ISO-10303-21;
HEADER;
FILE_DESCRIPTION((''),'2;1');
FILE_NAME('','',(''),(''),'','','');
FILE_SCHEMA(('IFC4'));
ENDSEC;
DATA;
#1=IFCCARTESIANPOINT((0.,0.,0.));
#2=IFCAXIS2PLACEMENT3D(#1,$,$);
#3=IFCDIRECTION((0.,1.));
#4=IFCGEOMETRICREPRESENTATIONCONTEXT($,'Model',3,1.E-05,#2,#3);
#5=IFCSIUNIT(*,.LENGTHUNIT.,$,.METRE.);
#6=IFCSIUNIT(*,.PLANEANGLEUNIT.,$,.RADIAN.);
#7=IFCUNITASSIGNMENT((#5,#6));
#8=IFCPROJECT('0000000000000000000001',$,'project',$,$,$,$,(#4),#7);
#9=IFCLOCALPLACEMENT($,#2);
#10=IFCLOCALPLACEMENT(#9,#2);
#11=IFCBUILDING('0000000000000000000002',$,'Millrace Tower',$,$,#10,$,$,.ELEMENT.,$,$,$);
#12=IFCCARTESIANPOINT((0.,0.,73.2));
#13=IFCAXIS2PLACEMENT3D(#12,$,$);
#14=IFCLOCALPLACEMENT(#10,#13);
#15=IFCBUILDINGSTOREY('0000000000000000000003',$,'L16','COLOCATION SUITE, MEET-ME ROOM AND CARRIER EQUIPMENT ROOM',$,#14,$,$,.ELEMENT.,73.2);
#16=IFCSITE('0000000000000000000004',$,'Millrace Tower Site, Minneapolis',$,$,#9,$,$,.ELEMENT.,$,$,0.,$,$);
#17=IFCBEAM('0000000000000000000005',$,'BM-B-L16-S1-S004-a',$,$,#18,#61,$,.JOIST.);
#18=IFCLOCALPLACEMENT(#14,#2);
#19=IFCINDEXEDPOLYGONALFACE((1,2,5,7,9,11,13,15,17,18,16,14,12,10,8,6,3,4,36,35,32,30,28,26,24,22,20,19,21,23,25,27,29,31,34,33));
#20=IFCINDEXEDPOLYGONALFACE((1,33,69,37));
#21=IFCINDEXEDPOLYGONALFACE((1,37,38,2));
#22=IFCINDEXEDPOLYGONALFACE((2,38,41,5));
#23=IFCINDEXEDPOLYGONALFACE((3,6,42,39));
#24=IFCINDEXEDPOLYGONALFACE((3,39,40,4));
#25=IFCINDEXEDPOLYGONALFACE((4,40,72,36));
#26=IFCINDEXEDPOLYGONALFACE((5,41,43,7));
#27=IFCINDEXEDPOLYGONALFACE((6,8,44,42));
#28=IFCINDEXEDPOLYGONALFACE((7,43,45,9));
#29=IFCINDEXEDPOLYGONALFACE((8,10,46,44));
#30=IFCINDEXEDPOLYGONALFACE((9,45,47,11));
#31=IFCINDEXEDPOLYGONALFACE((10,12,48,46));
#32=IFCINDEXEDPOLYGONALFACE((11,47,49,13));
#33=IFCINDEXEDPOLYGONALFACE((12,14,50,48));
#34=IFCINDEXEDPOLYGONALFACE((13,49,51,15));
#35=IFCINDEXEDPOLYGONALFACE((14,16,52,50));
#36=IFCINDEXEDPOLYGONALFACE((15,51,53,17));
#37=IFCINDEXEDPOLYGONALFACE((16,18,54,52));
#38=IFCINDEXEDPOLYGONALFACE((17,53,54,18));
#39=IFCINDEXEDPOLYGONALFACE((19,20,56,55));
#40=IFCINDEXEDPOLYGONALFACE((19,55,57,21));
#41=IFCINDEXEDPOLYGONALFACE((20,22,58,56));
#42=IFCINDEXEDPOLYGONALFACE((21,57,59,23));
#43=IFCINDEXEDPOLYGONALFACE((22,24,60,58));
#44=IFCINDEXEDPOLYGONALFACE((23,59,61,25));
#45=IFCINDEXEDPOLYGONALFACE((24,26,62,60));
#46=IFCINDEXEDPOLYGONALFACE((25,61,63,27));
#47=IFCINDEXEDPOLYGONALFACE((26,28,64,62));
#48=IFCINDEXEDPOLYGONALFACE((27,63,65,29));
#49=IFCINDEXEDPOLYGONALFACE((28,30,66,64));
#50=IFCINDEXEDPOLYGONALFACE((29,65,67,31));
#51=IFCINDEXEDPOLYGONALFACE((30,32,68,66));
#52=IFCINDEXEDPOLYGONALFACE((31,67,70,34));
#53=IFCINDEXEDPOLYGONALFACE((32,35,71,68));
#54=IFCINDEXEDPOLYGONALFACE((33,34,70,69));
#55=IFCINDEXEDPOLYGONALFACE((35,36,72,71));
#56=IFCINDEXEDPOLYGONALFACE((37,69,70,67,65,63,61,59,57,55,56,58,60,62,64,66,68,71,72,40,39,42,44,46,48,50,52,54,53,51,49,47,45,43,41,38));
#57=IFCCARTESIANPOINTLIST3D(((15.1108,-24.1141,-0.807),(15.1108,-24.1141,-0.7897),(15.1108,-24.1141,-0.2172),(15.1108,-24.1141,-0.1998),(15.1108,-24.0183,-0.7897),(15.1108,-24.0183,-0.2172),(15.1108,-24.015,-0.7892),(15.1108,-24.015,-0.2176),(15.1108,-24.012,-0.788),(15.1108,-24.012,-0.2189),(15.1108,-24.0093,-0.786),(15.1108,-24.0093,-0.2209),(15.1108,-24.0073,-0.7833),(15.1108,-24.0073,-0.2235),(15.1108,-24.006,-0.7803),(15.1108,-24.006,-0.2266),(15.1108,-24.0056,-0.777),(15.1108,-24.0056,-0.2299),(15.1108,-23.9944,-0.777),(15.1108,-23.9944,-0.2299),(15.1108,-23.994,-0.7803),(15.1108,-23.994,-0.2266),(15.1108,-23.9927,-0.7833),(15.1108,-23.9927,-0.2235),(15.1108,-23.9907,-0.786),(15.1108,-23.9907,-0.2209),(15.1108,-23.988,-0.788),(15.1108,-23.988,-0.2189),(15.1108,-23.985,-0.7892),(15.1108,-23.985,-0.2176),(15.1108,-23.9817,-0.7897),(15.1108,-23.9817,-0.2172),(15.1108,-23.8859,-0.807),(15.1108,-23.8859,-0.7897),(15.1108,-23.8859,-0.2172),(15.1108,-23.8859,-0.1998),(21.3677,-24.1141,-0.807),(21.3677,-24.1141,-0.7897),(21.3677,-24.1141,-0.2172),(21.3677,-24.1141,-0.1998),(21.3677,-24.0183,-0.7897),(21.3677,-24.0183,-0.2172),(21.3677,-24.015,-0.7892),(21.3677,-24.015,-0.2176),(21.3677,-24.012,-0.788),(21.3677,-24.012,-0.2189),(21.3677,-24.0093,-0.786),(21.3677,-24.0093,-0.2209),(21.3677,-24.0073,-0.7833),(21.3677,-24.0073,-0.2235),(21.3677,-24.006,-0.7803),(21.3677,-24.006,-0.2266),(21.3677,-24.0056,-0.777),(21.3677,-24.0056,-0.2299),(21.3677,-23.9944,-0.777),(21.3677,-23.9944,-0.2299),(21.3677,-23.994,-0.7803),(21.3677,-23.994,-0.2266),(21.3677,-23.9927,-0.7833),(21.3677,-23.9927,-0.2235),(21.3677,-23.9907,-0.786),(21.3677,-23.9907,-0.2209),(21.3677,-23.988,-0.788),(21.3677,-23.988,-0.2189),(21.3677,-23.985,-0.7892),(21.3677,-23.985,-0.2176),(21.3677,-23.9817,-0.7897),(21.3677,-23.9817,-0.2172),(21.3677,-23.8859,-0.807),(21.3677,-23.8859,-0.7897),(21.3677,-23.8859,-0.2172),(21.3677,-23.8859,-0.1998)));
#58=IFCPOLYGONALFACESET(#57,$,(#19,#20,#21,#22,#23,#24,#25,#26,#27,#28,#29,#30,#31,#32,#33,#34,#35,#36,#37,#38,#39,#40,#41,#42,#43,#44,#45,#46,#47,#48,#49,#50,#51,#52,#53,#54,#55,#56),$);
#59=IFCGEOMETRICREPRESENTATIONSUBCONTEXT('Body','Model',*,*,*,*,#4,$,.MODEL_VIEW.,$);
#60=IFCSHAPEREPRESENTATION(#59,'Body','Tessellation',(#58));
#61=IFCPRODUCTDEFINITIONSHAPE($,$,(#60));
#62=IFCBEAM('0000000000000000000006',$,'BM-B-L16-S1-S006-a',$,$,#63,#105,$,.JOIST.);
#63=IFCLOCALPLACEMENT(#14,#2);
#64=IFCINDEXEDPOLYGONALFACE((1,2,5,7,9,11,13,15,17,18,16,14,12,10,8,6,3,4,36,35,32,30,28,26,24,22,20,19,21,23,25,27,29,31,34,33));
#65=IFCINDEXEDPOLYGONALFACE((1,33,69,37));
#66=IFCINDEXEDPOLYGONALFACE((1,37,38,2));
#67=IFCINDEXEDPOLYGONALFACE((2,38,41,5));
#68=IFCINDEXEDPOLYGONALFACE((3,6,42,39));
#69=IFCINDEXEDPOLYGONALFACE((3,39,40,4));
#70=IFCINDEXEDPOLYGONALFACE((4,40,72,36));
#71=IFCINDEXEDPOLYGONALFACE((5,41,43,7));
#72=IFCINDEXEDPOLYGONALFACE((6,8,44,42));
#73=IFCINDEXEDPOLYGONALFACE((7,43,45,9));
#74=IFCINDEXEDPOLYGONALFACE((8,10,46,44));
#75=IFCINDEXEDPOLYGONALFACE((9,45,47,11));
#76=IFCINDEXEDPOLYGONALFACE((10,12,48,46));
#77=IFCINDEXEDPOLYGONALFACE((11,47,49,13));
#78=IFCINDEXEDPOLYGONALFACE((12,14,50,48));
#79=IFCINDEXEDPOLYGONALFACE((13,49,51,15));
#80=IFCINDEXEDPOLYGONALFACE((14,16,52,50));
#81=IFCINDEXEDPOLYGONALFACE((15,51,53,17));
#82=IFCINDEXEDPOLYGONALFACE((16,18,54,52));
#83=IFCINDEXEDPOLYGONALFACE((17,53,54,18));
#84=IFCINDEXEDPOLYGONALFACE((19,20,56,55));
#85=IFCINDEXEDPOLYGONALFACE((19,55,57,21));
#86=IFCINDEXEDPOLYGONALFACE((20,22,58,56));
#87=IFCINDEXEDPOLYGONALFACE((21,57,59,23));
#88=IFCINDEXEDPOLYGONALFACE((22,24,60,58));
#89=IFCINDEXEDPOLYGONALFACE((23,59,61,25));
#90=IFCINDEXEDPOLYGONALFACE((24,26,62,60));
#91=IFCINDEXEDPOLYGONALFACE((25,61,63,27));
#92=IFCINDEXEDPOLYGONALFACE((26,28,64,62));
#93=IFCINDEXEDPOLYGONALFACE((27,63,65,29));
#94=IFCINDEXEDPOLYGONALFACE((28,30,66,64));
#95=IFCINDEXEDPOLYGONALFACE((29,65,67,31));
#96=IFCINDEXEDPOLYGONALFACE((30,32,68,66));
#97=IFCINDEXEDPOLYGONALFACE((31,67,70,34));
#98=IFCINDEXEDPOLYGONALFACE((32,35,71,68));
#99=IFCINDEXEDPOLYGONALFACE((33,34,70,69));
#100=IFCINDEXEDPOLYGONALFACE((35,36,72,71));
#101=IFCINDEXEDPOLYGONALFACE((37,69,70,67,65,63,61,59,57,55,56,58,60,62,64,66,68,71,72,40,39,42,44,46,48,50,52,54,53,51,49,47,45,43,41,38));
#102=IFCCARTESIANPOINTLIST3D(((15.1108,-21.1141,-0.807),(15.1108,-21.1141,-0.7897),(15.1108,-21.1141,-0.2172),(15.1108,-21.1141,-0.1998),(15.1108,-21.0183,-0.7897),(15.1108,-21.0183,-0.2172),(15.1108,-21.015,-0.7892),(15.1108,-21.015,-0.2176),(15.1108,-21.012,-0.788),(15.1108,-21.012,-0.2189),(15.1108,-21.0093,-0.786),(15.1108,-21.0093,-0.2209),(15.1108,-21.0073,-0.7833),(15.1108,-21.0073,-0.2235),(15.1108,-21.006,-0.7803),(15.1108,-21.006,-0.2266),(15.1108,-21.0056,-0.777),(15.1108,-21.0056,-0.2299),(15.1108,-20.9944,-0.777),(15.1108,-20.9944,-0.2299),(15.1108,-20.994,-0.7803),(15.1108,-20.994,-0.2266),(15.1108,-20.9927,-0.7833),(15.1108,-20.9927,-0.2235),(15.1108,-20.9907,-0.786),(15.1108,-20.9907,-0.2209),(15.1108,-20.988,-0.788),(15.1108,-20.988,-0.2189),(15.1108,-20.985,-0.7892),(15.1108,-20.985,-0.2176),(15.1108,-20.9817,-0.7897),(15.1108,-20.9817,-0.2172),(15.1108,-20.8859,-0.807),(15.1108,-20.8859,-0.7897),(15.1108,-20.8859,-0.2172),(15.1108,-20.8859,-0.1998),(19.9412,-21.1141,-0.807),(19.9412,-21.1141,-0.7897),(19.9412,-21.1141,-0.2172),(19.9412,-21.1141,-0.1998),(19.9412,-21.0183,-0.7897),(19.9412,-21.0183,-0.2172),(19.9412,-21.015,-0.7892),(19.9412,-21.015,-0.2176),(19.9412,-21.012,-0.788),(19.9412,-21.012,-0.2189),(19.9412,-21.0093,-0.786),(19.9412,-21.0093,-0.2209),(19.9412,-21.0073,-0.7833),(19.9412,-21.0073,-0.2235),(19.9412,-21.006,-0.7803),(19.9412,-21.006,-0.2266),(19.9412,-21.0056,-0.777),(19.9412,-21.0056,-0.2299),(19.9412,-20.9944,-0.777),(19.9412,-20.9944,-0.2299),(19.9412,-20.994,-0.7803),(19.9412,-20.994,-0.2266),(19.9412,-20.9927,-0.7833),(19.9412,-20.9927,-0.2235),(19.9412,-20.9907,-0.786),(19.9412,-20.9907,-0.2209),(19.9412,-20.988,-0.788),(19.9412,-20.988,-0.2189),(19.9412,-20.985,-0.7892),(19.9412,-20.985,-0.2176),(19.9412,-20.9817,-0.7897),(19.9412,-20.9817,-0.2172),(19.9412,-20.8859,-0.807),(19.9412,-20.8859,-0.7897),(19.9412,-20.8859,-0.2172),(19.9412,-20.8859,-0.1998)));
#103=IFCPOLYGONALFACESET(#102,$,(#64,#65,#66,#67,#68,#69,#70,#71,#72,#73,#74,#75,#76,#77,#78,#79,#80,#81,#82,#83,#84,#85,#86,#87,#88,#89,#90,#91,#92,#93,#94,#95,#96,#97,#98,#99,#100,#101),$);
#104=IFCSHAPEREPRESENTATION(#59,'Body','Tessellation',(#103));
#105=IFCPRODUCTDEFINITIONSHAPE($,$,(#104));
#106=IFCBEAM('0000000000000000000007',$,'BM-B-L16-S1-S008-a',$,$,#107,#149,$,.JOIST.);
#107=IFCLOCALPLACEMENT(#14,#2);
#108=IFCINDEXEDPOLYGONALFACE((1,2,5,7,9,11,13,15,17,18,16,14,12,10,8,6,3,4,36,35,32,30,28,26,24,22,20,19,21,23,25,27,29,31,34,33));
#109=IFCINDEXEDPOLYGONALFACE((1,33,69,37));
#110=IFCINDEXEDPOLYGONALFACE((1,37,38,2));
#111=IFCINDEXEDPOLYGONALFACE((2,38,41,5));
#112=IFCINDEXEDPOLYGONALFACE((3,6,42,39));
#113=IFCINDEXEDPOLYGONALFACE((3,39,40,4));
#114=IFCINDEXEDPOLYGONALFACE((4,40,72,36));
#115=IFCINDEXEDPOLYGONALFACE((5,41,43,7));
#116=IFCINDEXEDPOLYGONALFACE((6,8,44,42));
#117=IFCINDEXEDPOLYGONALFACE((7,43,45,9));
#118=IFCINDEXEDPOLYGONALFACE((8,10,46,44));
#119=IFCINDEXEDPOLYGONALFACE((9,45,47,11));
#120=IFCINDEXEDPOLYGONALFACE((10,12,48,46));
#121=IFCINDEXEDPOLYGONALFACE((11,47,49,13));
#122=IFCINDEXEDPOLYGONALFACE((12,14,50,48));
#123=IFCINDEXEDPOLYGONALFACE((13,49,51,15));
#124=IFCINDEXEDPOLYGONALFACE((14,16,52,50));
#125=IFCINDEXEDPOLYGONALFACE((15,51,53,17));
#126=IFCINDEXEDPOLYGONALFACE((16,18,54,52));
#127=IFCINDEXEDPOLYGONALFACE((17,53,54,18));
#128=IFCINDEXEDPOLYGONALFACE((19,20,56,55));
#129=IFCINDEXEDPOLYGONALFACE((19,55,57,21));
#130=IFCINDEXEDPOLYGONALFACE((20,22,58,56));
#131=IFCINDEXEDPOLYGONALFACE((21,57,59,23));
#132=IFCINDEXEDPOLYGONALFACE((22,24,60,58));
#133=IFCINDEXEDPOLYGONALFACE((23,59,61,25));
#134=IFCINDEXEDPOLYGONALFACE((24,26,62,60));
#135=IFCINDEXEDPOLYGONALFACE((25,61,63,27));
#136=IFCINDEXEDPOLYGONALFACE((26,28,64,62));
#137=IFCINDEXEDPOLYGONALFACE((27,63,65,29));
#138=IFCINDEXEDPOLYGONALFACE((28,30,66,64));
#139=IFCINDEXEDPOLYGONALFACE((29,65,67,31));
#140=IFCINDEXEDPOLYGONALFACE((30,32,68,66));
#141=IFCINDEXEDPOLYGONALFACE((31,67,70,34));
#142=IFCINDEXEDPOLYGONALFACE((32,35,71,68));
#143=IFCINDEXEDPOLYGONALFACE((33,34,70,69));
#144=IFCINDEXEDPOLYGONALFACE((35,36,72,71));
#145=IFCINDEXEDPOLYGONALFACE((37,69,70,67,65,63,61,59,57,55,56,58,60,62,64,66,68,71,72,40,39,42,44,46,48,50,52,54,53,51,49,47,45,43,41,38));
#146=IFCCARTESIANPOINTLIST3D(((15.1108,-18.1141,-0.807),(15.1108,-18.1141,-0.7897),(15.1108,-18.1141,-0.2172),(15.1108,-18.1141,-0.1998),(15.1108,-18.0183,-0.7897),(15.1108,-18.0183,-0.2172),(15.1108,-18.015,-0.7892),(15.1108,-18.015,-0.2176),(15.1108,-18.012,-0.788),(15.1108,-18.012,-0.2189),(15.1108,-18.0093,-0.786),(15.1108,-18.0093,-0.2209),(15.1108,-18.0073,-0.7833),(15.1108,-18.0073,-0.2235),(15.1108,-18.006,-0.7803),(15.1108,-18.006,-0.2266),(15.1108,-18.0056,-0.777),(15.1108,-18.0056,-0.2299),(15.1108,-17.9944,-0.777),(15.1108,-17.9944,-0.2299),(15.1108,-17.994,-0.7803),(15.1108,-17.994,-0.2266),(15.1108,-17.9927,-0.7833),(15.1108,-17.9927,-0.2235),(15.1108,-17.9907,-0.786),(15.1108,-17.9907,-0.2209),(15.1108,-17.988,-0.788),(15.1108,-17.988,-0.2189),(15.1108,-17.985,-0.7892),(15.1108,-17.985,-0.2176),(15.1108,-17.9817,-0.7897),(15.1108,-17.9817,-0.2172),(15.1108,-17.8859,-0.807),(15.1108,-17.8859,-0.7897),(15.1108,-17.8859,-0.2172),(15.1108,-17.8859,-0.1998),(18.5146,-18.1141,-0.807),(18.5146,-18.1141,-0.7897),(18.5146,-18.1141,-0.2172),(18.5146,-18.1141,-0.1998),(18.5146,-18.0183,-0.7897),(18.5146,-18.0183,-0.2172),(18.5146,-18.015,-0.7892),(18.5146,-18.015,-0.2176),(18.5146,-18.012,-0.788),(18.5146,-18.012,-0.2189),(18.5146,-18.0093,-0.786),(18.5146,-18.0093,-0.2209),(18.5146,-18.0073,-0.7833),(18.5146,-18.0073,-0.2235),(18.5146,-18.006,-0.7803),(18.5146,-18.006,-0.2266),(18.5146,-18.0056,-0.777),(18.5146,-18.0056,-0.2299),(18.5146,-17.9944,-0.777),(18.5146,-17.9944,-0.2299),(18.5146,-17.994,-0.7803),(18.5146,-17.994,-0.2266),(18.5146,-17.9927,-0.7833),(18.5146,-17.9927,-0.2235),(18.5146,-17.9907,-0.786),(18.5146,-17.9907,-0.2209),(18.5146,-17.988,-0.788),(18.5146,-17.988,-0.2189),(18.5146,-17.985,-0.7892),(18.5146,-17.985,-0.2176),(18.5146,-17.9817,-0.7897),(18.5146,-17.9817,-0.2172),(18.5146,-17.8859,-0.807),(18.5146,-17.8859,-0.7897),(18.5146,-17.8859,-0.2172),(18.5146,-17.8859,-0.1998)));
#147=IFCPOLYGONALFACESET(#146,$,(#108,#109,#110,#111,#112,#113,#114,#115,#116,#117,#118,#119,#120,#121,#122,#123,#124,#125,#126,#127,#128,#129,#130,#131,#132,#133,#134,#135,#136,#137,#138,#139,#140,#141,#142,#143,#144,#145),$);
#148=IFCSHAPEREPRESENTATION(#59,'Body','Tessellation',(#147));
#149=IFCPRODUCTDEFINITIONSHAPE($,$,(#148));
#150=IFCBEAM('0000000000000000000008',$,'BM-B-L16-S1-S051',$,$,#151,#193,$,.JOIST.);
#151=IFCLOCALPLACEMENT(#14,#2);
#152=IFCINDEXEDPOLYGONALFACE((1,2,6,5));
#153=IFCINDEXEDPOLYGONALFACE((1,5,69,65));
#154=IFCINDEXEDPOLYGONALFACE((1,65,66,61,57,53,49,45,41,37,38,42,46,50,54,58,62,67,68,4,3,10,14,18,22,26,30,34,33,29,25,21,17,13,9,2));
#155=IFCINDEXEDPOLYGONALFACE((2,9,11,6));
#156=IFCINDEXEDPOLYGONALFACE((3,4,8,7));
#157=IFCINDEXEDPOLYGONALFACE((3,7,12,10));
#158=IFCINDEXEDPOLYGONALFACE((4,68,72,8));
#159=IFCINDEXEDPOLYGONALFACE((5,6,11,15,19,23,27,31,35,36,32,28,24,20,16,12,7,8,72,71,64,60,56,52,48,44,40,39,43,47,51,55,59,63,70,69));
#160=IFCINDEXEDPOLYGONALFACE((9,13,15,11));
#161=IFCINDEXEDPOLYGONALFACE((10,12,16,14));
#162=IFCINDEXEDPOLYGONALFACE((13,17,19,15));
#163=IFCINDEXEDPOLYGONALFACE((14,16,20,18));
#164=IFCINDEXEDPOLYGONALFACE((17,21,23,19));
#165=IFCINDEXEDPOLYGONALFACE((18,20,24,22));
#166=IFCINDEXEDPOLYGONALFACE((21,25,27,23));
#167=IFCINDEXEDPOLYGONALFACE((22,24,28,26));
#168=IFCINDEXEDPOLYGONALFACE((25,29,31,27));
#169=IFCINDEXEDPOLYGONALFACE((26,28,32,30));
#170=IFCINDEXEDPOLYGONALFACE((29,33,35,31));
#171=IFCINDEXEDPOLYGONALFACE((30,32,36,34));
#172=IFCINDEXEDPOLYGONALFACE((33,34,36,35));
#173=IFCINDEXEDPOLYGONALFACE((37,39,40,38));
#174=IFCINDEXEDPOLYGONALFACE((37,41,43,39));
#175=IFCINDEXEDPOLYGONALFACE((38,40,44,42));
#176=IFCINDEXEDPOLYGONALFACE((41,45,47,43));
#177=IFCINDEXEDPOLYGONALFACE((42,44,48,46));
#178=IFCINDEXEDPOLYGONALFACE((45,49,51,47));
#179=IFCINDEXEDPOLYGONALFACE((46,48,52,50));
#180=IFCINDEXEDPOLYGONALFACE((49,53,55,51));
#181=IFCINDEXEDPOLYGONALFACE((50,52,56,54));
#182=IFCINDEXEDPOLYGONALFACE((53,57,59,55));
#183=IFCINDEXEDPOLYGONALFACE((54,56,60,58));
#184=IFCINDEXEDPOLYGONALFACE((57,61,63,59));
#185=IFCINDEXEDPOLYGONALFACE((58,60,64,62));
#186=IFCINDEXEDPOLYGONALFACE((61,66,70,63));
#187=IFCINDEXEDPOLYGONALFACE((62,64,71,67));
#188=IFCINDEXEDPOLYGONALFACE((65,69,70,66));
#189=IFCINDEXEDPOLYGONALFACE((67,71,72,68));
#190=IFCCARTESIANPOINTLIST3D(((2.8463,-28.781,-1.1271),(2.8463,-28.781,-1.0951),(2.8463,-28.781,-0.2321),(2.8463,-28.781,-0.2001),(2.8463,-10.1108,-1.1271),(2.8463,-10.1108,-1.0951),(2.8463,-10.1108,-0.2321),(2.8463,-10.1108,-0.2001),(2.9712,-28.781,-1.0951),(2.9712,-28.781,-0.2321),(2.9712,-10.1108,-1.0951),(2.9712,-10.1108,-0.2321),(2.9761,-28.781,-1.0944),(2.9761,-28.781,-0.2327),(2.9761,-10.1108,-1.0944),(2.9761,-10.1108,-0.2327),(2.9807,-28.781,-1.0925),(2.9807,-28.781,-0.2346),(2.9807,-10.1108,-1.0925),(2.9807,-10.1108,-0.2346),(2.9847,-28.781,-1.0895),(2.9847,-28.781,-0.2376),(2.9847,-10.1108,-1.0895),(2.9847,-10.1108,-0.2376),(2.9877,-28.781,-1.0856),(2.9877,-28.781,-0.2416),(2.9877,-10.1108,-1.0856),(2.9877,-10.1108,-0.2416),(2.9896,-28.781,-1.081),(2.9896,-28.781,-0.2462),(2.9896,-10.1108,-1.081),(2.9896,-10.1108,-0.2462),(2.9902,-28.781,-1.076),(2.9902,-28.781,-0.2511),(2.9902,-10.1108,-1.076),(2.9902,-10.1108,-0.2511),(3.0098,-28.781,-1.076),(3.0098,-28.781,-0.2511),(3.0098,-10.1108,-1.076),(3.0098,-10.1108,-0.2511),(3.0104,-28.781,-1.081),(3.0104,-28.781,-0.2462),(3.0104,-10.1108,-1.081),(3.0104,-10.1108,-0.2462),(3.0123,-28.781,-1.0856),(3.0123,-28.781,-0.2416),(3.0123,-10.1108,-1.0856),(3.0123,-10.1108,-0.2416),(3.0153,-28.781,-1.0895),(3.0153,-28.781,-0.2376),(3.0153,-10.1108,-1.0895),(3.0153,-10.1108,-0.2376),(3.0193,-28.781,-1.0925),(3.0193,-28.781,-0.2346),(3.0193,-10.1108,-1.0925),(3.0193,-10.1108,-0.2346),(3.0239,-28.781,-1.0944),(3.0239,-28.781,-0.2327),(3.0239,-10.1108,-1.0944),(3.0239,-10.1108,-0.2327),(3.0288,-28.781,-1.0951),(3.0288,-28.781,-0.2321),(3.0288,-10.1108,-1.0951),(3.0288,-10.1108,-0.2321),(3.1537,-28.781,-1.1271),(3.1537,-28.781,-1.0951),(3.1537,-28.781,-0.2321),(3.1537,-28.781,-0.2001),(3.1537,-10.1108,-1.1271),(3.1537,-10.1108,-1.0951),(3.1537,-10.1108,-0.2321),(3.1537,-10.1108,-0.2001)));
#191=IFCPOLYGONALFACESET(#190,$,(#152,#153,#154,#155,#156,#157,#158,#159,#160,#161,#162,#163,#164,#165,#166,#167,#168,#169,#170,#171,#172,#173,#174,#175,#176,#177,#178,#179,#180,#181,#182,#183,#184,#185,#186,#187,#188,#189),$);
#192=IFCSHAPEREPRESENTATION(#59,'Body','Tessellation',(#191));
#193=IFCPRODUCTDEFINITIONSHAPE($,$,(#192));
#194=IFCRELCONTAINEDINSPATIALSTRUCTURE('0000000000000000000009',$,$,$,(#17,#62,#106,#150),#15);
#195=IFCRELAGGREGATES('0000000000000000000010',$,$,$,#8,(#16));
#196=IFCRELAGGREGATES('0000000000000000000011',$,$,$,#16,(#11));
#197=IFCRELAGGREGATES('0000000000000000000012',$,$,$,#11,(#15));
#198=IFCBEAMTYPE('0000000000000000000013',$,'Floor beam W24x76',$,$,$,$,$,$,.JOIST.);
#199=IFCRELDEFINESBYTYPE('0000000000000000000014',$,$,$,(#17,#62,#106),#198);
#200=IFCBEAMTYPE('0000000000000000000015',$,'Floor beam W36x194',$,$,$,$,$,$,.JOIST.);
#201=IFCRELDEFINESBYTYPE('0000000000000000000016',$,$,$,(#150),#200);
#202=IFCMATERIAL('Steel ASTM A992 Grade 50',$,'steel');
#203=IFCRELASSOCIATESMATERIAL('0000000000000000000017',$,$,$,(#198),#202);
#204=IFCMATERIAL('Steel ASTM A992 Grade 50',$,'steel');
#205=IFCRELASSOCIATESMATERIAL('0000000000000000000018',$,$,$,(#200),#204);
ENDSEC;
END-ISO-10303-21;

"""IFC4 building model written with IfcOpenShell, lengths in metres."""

from ifc_helpers import new_model, si_unit, direction, frame, origin, origin_2d, place, context, subcontext, project, spatial, i_section, extrude, material, material_profile, profile_set, type_object, element, save


model = new_model("IFC4")

# Units and contexts
model_context = context("Model", 3, precision=1e-05, world=origin(), true_north=direction((0.0, 1.0)))
body_context = subcontext(model_context, "Body", "Model", "MODEL_VIEW")
ifc_project = project(units=[si_unit("LENGTHUNIT", "METRE"), si_unit("PLANEANGLEUNIT", "RADIAN")], contexts=[model_context])

# Site, building, storey
site_placement = place(None, origin())
site = spatial("IfcSite", under=ifc_project, at=site_placement, Name="Millrace Tower Site, Minneapolis", CompositionType="ELEMENT", RefElevation=0.0)
building_placement = place(site_placement, origin())
building = spatial("IfcBuilding", under=site, at=building_placement, Name="Millrace Tower", CompositionType="ELEMENT")
storey_placement = place(building_placement, frame((0.0, 0.0, 73.2)))
storey = spatial("IfcBuildingStorey", under=building, at=storey_placement, Name="L16", Description="COLOCATION SUITE, MEET-ME ROOM AND CARRIER EQUIPMENT ROOM", CompositionType="ELEMENT", Elevation=73.2)

# Beams
ifc_material_1 = material(Name="Steel ASTM A992 Grade 50", Category="steel")
ifc_material_profile_1 = material_profile(ifc_material_1, i_section(OverallWidth=0.2283, OverallDepth=0.6072, WebThickness=0.0112, FlangeThickness=0.0173, FilletRadius=0.0127, at=origin_2d()))
ifc_profile_set_1 = profile_set([ifc_material_profile_1], Name="Steel ASTM A992 Grade 50")
beam_type_1 = type_object("IfcBeamType", Name="Floor beam W24x76", PredefinedType="JOIST", material=ifc_profile_set_1)
beam_1_placement = place(storey_placement, frame((15.1108, -24.0, -0.5034), z_axis=(1.0, 0.0, 0.0), x_axis=(0.0, 1.0, 0.0)))
element("IfcBeam", 1, at=beam_1_placement, inside=storey, type_object=beam_type_1, Name="BM-B-L16-S1-S004-a", PredefinedType="JOIST", context=body_context, shape_type="SweptSolid", body=[
    extrude(i_section(OverallWidth=0.2283, OverallDepth=0.6072, WebThickness=0.0112, FlangeThickness=0.0173, FilletRadius=0.0127, at=origin_2d()), origin(), (0.0, 0.0, 1.0), 6.2568),
])
beam_2_placement = place(storey_placement, frame((15.1108, -21.0, -0.5034), z_axis=(1.0, 0.0, 0.0), x_axis=(0.0, 1.0, 0.0)))
element("IfcBeam", 2, at=beam_2_placement, inside=storey, type_object=beam_type_1, Name="BM-B-L16-S1-S006-a", PredefinedType="JOIST", context=body_context, shape_type="SweptSolid", body=[
    extrude(i_section(OverallWidth=0.2283, OverallDepth=0.6072, WebThickness=0.0112, FlangeThickness=0.0173, FilletRadius=0.0127, at=origin_2d()), origin(), (0.0, 0.0, 1.0), 4.8303),
])
beam_3_placement = place(storey_placement, frame((15.1108, -18.0, -0.5034), z_axis=(1.0, 0.0, 0.0), x_axis=(0.0, 1.0, 0.0)))
element("IfcBeam", 3, at=beam_3_placement, inside=storey, type_object=beam_type_1, Name="BM-B-L16-S1-S008-a", PredefinedType="JOIST", context=body_context, shape_type="SweptSolid", body=[
    extrude(i_section(OverallWidth=0.2283, OverallDepth=0.6072, WebThickness=0.0112, FlangeThickness=0.0173, FilletRadius=0.0127, at=origin_2d()), origin(), (0.0, 0.0, 1.0), 3.4038),
])
ifc_material_2 = material(Name="Steel ASTM A992 Grade 50", Category="steel")
ifc_material_profile_2 = material_profile(ifc_material_2, i_section(OverallWidth=0.3074, OverallDepth=0.927, WebThickness=0.0195, FlangeThickness=0.032, FilletRadius=0.019, at=origin_2d()))
ifc_profile_set_2 = profile_set([ifc_material_profile_2], Name="Steel ASTM A992 Grade 50")
beam_type_2 = type_object("IfcBeamType", Name="Floor beam W36x194", PredefinedType="JOIST", material=ifc_profile_set_2)
beam_4_placement = place(storey_placement, frame((3.0, -28.781, -0.6636), z_axis=(0.0, 1.0, 0.0), x_axis=(-1.0, 0.0, 0.0)))
element("IfcBeam", 4, at=beam_4_placement, inside=storey, type_object=beam_type_2, Name="BM-B-L16-S1-S051", PredefinedType="JOIST", context=body_context, shape_type="SweptSolid", body=[
    extrude(i_section(OverallWidth=0.3074, OverallDepth=0.927, WebThickness=0.0195, FlangeThickness=0.032, FilletRadius=0.019, at=origin_2d()), origin(), (0.0, 0.0, 1.0), 18.6702),
])

save(model, "model.ifc")
